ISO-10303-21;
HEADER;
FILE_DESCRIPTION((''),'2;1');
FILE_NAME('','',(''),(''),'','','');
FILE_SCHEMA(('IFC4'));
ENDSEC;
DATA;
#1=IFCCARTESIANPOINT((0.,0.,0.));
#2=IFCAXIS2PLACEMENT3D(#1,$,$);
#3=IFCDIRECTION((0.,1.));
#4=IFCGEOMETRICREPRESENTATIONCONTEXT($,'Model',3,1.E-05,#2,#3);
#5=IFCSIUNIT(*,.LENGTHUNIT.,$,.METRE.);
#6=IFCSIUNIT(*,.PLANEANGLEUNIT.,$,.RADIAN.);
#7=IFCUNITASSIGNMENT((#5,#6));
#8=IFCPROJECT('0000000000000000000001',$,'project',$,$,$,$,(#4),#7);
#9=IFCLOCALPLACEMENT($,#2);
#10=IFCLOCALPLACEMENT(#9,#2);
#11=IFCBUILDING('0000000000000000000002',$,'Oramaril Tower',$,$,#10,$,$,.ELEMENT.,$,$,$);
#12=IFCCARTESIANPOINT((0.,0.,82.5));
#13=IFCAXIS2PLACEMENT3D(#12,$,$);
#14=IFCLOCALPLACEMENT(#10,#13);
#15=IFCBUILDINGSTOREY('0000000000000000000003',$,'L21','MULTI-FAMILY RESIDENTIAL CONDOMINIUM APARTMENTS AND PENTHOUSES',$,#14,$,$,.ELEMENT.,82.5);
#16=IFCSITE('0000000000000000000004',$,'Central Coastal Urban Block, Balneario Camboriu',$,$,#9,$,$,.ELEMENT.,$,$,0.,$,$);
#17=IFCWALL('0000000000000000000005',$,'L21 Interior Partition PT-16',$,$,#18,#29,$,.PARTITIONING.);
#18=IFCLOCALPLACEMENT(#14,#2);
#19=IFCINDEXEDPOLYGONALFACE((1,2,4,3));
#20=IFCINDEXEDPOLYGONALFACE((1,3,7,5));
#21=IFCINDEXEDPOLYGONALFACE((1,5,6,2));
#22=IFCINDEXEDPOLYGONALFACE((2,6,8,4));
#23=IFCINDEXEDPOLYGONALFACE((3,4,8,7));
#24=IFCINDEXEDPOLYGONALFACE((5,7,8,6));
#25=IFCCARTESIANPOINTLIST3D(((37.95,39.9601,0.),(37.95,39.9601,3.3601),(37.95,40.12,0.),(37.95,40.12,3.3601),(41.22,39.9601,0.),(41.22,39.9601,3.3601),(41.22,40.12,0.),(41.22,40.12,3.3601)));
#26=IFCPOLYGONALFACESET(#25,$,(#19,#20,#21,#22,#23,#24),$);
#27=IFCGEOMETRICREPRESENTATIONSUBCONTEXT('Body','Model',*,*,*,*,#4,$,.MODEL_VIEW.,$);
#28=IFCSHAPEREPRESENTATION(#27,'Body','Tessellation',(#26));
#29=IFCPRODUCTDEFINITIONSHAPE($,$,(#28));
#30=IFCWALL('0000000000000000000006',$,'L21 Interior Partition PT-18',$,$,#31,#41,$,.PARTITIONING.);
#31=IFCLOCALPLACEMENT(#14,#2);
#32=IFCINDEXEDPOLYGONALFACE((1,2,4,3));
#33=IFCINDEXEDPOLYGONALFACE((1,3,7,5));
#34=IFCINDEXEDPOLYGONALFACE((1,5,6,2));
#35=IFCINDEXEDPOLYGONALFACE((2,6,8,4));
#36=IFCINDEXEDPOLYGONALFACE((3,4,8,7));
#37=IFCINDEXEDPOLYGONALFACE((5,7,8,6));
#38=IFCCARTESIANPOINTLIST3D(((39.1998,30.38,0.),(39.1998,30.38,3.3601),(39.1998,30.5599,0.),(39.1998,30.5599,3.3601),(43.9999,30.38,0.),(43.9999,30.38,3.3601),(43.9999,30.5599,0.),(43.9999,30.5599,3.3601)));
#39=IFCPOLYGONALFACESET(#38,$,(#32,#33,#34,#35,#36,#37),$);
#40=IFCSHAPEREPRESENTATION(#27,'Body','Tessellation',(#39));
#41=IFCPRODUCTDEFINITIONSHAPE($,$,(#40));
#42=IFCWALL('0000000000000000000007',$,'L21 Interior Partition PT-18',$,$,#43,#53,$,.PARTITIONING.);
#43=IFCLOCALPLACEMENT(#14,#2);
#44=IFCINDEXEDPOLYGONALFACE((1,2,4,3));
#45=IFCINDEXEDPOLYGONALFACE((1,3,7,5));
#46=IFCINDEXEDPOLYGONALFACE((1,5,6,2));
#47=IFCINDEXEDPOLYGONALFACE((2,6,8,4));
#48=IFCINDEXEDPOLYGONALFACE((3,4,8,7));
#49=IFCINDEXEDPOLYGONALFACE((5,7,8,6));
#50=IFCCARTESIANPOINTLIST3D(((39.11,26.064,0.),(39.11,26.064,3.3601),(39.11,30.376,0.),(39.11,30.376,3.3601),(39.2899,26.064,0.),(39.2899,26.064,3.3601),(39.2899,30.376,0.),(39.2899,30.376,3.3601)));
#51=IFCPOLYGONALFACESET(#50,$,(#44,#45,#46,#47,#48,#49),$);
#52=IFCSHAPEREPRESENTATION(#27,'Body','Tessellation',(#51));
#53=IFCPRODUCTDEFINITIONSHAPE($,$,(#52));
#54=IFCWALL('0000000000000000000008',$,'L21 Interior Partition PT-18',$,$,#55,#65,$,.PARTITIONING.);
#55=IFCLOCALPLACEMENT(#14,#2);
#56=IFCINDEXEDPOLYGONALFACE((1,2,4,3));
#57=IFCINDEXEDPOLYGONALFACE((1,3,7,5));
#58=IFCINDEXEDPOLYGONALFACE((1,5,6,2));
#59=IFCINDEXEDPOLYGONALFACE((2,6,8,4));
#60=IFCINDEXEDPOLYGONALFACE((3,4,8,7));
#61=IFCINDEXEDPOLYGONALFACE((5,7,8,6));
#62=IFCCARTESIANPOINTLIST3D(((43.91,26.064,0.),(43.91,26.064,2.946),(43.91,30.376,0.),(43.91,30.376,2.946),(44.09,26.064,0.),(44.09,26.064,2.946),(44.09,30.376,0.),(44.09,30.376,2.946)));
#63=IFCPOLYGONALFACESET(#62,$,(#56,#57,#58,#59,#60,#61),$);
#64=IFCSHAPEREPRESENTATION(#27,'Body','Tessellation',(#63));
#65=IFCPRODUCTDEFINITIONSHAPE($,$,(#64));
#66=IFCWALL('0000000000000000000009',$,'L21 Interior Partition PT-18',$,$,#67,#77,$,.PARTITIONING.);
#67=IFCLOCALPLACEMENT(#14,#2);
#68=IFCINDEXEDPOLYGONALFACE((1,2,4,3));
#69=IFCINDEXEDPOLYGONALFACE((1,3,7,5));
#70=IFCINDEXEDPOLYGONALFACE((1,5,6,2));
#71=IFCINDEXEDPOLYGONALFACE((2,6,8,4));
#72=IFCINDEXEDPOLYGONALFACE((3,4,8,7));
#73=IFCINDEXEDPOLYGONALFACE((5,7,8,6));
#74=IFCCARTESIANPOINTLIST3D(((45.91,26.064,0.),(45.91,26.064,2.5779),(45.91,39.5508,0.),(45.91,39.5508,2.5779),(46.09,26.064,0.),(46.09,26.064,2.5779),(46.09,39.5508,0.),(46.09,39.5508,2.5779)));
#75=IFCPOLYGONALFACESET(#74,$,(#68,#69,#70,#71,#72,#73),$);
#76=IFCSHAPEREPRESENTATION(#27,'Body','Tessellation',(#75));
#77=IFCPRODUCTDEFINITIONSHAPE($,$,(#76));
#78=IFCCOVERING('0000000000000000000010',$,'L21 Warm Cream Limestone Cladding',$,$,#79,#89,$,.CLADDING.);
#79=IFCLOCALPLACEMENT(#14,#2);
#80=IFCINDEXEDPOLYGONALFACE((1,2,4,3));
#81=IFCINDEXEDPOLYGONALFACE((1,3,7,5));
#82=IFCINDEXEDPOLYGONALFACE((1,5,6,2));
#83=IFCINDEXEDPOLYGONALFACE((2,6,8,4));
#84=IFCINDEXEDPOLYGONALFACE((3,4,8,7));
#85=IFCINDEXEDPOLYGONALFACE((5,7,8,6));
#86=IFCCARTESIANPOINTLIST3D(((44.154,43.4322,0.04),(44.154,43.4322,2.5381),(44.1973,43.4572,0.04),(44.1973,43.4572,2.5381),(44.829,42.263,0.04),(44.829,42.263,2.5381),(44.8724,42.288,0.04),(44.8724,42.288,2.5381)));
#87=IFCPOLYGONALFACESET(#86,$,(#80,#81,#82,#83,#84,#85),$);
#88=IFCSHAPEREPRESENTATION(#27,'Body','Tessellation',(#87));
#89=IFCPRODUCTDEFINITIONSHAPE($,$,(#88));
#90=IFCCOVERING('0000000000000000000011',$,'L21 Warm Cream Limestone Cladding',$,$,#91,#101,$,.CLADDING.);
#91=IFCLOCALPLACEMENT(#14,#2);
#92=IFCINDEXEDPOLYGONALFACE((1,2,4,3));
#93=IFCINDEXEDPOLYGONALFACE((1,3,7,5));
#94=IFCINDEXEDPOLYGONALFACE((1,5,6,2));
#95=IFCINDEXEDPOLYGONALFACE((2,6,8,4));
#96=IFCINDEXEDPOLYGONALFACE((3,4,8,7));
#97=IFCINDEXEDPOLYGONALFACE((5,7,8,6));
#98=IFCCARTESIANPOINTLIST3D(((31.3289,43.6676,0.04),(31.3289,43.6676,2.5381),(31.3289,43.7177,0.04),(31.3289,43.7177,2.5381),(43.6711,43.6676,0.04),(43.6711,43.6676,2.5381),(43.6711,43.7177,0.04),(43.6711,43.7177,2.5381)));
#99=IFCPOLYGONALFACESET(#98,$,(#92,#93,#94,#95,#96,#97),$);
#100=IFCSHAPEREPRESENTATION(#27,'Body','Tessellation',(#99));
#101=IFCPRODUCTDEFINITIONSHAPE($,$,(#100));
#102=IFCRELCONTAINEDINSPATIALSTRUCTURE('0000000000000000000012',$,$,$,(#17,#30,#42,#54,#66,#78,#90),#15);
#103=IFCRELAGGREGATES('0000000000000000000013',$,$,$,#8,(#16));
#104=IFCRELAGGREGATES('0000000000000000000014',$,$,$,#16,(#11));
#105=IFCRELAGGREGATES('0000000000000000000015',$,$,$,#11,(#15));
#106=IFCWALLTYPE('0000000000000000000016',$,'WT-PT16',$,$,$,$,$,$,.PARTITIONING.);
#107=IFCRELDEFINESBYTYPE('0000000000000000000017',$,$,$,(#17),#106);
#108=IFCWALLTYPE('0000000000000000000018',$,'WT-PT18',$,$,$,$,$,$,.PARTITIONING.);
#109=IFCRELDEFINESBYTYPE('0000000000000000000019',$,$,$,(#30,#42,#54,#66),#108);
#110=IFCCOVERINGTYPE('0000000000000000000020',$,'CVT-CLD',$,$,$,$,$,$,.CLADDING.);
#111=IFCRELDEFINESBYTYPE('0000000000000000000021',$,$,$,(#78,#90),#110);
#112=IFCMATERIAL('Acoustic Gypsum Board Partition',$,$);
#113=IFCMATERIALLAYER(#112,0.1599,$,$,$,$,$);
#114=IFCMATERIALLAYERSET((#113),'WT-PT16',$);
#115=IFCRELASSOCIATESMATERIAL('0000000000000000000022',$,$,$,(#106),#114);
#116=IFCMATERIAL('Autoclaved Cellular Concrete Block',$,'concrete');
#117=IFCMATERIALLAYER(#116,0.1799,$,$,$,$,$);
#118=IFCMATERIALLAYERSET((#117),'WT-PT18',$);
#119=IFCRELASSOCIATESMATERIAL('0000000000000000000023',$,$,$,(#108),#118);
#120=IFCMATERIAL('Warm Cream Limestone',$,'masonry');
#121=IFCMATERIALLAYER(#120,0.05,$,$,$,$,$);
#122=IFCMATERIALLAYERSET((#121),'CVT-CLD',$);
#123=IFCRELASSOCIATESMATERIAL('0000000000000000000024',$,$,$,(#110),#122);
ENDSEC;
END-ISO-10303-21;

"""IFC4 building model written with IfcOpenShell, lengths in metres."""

from ifc_helpers import new_model, si_unit, direction, frame, frame_2d, origin, origin_2d, place, context, subcontext, project, spatial, rectangle, extrude, material, layer, layer_set, type_object, element, save


model = new_model("IFC4")

# Units and contexts
model_context = context("Model", 3, precision=1e-05, world=origin(), true_north=direction((0.0, 1.0)))
body_context = subcontext(model_context, "Body", "Model", "MODEL_VIEW")
ifc_project = project(units=[si_unit("LENGTHUNIT", "METRE"), si_unit("PLANEANGLEUNIT", "RADIAN")], contexts=[model_context])

# Site, building, storey
site_placement = place(None, origin())
site = spatial("IfcSite", under=ifc_project, at=site_placement, Name="Central Coastal Urban Block, Balneario Camboriu", CompositionType="ELEMENT", RefElevation=0.0)
building_placement = place(site_placement, origin())
building = spatial("IfcBuilding", under=site, at=building_placement, Name="Oramaril Tower", CompositionType="ELEMENT")
storey_placement = place(building_placement, frame((0.0, 0.0, 82.5)))
storey = spatial("IfcBuildingStorey", under=building, at=storey_placement, Name="L21", Description="MULTI-FAMILY RESIDENTIAL CONDOMINIUM APARTMENTS AND PENTHOUSES", CompositionType="ELEMENT", Elevation=82.5)

# Walls
ifc_material_1 = material(Name="Acoustic Gypsum Board Partition")
ifc_layer_1 = layer(ifc_material_1, 0.1599)
ifc_layer_set_1 = layer_set([ifc_layer_1], Name="WT-PT16")
wall_type_1 = type_object("IfcWallType", Name="WT-PT16", PredefinedType="PARTITIONING", material=ifc_layer_set_1)
for number, where, z_axis, x_axis, name in (
    (1, (37.95, 40.04, 0.0), (0.0, 0.0, 1.0), (1.0, 0.0, 0.0), "L21 Interior Partition PT-16"),
):
    element("IfcWall", number, at=place(storey_placement, frame(where, z_axis=z_axis, x_axis=x_axis)), inside=storey, type_object=wall_type_1, Name=name, PredefinedType="PARTITIONING", context=body_context, shape_type="SweptSolid", body=[
        extrude(rectangle(XDim=3.27, YDim=0.1599, at=frame_2d((1.635, 0.0))), origin(), (0.0, 0.0, 1.0), 3.3601),
    ])
ifc_material_2 = material(Name="Autoclaved Cellular Concrete Block", Category="concrete")
ifc_layer_2 = layer(ifc_material_2, 0.1799)
ifc_layer_set_2 = layer_set([ifc_layer_2], Name="WT-PT18")
wall_type_2 = type_object("IfcWallType", Name="WT-PT18", PredefinedType="PARTITIONING", material=ifc_layer_set_2)
wall_1_placement = place(storey_placement, frame((39.2, 30.47, 0.0), z_axis=(0.0, 0.0, 1.0), x_axis=(1.0, 0.0, 0.0)))
element("IfcWall", 2, at=wall_1_placement, inside=storey, type_object=wall_type_2, Name="L21 Interior Partition PT-18", PredefinedType="PARTITIONING", context=body_context, shape_type="SweptSolid", body=[
    extrude(rectangle(XDim=4.8, YDim=0.1799, at=frame_2d((2.3999, 0.0))), origin(), (0.0, 0.0, 1.0), 3.3601),
])
wall_2_placement = place(storey_placement, frame((39.2, 26.064, 0.0), z_axis=(0.0, 0.0, 1.0), x_axis=(0.0, 1.0, 0.0)))
element("IfcWall", 3, at=wall_2_placement, inside=storey, type_object=wall_type_2, Name="L21 Interior Partition PT-18", PredefinedType="PARTITIONING", context=body_context, shape_type="SweptSolid", body=[
    extrude(rectangle(XDim=4.312, YDim=0.1799, at=frame_2d((2.156, 0.0))), origin(), (0.0, 0.0, 1.0), 3.3601),
])
wall_3_placement = place(storey_placement, frame((44.0, 26.064, 0.0), z_axis=(0.0, 0.0, 1.0), x_axis=(0.0, 1.0, 0.0)))
element("IfcWall", 4, at=wall_3_placement, inside=storey, type_object=wall_type_2, Name="L21 Interior Partition PT-18", PredefinedType="PARTITIONING", context=body_context, shape_type="SweptSolid", body=[
    extrude(rectangle(XDim=4.312, YDim=0.1799, at=frame_2d((2.156, 0.0))), origin(), (0.0, 0.0, 1.0), 2.946),
])
wall_4_placement = place(storey_placement, frame((46.0, 26.064, 0.0), z_axis=(0.0, 0.0, 1.0), x_axis=(0.0, 1.0, 0.0)))
element("IfcWall", 5, at=wall_4_placement, inside=storey, type_object=wall_type_2, Name="L21 Interior Partition PT-18", PredefinedType="PARTITIONING", context=body_context, shape_type="SweptSolid", body=[
    extrude(rectangle(XDim=13.4868, YDim=0.1799, at=frame_2d((6.7434, 0.0))), origin(), (0.0, 0.0, 1.0), 2.5779),
])

# Coverings
ifc_material_3 = material(Name="Warm Cream Limestone", Category="masonry")
ifc_layer_3 = layer(ifc_material_3, 0.05)
ifc_layer_set_3 = layer_set([ifc_layer_3], Name="CVT-CLD")
covering_type = type_object("IfcCoveringType", Name="CVT-CLD", PredefinedType="CLADDING", material=ifc_layer_set_3)
covering_1_placement = place(storey_placement, frame((44.5132, 42.8601, 0.04), z_axis=(0.0, 0.0, 1.0), x_axis=(-0.5, 0.866025, 0.0)))
element("IfcCovering", 6, at=covering_1_placement, inside=storey, type_object=covering_type, Name="L21 Warm Cream Limestone Cladding", PredefinedType="CLADDING", context=body_context, shape_type="SweptSolid", body=[
    extrude(rectangle(XDim=1.3501, YDim=0.05, at=origin_2d()), origin(), (0.0, 0.0, 1.0), 2.498),
])
covering_2_placement = place(storey_placement, frame((37.5, 43.6926, 0.04), z_axis=(0.0, 0.0, 1.0), x_axis=(-1.0, 0.0, 0.0)))
element("IfcCovering", 7, at=covering_2_placement, inside=storey, type_object=covering_type, Name="L21 Warm Cream Limestone Cladding", PredefinedType="CLADDING", context=body_context, shape_type="SweptSolid", body=[
    extrude(rectangle(XDim=12.3423, YDim=0.05, at=origin_2d()), origin(), (0.0, 0.0, 1.0), 2.498),
])

save(model, "model.ifc")
